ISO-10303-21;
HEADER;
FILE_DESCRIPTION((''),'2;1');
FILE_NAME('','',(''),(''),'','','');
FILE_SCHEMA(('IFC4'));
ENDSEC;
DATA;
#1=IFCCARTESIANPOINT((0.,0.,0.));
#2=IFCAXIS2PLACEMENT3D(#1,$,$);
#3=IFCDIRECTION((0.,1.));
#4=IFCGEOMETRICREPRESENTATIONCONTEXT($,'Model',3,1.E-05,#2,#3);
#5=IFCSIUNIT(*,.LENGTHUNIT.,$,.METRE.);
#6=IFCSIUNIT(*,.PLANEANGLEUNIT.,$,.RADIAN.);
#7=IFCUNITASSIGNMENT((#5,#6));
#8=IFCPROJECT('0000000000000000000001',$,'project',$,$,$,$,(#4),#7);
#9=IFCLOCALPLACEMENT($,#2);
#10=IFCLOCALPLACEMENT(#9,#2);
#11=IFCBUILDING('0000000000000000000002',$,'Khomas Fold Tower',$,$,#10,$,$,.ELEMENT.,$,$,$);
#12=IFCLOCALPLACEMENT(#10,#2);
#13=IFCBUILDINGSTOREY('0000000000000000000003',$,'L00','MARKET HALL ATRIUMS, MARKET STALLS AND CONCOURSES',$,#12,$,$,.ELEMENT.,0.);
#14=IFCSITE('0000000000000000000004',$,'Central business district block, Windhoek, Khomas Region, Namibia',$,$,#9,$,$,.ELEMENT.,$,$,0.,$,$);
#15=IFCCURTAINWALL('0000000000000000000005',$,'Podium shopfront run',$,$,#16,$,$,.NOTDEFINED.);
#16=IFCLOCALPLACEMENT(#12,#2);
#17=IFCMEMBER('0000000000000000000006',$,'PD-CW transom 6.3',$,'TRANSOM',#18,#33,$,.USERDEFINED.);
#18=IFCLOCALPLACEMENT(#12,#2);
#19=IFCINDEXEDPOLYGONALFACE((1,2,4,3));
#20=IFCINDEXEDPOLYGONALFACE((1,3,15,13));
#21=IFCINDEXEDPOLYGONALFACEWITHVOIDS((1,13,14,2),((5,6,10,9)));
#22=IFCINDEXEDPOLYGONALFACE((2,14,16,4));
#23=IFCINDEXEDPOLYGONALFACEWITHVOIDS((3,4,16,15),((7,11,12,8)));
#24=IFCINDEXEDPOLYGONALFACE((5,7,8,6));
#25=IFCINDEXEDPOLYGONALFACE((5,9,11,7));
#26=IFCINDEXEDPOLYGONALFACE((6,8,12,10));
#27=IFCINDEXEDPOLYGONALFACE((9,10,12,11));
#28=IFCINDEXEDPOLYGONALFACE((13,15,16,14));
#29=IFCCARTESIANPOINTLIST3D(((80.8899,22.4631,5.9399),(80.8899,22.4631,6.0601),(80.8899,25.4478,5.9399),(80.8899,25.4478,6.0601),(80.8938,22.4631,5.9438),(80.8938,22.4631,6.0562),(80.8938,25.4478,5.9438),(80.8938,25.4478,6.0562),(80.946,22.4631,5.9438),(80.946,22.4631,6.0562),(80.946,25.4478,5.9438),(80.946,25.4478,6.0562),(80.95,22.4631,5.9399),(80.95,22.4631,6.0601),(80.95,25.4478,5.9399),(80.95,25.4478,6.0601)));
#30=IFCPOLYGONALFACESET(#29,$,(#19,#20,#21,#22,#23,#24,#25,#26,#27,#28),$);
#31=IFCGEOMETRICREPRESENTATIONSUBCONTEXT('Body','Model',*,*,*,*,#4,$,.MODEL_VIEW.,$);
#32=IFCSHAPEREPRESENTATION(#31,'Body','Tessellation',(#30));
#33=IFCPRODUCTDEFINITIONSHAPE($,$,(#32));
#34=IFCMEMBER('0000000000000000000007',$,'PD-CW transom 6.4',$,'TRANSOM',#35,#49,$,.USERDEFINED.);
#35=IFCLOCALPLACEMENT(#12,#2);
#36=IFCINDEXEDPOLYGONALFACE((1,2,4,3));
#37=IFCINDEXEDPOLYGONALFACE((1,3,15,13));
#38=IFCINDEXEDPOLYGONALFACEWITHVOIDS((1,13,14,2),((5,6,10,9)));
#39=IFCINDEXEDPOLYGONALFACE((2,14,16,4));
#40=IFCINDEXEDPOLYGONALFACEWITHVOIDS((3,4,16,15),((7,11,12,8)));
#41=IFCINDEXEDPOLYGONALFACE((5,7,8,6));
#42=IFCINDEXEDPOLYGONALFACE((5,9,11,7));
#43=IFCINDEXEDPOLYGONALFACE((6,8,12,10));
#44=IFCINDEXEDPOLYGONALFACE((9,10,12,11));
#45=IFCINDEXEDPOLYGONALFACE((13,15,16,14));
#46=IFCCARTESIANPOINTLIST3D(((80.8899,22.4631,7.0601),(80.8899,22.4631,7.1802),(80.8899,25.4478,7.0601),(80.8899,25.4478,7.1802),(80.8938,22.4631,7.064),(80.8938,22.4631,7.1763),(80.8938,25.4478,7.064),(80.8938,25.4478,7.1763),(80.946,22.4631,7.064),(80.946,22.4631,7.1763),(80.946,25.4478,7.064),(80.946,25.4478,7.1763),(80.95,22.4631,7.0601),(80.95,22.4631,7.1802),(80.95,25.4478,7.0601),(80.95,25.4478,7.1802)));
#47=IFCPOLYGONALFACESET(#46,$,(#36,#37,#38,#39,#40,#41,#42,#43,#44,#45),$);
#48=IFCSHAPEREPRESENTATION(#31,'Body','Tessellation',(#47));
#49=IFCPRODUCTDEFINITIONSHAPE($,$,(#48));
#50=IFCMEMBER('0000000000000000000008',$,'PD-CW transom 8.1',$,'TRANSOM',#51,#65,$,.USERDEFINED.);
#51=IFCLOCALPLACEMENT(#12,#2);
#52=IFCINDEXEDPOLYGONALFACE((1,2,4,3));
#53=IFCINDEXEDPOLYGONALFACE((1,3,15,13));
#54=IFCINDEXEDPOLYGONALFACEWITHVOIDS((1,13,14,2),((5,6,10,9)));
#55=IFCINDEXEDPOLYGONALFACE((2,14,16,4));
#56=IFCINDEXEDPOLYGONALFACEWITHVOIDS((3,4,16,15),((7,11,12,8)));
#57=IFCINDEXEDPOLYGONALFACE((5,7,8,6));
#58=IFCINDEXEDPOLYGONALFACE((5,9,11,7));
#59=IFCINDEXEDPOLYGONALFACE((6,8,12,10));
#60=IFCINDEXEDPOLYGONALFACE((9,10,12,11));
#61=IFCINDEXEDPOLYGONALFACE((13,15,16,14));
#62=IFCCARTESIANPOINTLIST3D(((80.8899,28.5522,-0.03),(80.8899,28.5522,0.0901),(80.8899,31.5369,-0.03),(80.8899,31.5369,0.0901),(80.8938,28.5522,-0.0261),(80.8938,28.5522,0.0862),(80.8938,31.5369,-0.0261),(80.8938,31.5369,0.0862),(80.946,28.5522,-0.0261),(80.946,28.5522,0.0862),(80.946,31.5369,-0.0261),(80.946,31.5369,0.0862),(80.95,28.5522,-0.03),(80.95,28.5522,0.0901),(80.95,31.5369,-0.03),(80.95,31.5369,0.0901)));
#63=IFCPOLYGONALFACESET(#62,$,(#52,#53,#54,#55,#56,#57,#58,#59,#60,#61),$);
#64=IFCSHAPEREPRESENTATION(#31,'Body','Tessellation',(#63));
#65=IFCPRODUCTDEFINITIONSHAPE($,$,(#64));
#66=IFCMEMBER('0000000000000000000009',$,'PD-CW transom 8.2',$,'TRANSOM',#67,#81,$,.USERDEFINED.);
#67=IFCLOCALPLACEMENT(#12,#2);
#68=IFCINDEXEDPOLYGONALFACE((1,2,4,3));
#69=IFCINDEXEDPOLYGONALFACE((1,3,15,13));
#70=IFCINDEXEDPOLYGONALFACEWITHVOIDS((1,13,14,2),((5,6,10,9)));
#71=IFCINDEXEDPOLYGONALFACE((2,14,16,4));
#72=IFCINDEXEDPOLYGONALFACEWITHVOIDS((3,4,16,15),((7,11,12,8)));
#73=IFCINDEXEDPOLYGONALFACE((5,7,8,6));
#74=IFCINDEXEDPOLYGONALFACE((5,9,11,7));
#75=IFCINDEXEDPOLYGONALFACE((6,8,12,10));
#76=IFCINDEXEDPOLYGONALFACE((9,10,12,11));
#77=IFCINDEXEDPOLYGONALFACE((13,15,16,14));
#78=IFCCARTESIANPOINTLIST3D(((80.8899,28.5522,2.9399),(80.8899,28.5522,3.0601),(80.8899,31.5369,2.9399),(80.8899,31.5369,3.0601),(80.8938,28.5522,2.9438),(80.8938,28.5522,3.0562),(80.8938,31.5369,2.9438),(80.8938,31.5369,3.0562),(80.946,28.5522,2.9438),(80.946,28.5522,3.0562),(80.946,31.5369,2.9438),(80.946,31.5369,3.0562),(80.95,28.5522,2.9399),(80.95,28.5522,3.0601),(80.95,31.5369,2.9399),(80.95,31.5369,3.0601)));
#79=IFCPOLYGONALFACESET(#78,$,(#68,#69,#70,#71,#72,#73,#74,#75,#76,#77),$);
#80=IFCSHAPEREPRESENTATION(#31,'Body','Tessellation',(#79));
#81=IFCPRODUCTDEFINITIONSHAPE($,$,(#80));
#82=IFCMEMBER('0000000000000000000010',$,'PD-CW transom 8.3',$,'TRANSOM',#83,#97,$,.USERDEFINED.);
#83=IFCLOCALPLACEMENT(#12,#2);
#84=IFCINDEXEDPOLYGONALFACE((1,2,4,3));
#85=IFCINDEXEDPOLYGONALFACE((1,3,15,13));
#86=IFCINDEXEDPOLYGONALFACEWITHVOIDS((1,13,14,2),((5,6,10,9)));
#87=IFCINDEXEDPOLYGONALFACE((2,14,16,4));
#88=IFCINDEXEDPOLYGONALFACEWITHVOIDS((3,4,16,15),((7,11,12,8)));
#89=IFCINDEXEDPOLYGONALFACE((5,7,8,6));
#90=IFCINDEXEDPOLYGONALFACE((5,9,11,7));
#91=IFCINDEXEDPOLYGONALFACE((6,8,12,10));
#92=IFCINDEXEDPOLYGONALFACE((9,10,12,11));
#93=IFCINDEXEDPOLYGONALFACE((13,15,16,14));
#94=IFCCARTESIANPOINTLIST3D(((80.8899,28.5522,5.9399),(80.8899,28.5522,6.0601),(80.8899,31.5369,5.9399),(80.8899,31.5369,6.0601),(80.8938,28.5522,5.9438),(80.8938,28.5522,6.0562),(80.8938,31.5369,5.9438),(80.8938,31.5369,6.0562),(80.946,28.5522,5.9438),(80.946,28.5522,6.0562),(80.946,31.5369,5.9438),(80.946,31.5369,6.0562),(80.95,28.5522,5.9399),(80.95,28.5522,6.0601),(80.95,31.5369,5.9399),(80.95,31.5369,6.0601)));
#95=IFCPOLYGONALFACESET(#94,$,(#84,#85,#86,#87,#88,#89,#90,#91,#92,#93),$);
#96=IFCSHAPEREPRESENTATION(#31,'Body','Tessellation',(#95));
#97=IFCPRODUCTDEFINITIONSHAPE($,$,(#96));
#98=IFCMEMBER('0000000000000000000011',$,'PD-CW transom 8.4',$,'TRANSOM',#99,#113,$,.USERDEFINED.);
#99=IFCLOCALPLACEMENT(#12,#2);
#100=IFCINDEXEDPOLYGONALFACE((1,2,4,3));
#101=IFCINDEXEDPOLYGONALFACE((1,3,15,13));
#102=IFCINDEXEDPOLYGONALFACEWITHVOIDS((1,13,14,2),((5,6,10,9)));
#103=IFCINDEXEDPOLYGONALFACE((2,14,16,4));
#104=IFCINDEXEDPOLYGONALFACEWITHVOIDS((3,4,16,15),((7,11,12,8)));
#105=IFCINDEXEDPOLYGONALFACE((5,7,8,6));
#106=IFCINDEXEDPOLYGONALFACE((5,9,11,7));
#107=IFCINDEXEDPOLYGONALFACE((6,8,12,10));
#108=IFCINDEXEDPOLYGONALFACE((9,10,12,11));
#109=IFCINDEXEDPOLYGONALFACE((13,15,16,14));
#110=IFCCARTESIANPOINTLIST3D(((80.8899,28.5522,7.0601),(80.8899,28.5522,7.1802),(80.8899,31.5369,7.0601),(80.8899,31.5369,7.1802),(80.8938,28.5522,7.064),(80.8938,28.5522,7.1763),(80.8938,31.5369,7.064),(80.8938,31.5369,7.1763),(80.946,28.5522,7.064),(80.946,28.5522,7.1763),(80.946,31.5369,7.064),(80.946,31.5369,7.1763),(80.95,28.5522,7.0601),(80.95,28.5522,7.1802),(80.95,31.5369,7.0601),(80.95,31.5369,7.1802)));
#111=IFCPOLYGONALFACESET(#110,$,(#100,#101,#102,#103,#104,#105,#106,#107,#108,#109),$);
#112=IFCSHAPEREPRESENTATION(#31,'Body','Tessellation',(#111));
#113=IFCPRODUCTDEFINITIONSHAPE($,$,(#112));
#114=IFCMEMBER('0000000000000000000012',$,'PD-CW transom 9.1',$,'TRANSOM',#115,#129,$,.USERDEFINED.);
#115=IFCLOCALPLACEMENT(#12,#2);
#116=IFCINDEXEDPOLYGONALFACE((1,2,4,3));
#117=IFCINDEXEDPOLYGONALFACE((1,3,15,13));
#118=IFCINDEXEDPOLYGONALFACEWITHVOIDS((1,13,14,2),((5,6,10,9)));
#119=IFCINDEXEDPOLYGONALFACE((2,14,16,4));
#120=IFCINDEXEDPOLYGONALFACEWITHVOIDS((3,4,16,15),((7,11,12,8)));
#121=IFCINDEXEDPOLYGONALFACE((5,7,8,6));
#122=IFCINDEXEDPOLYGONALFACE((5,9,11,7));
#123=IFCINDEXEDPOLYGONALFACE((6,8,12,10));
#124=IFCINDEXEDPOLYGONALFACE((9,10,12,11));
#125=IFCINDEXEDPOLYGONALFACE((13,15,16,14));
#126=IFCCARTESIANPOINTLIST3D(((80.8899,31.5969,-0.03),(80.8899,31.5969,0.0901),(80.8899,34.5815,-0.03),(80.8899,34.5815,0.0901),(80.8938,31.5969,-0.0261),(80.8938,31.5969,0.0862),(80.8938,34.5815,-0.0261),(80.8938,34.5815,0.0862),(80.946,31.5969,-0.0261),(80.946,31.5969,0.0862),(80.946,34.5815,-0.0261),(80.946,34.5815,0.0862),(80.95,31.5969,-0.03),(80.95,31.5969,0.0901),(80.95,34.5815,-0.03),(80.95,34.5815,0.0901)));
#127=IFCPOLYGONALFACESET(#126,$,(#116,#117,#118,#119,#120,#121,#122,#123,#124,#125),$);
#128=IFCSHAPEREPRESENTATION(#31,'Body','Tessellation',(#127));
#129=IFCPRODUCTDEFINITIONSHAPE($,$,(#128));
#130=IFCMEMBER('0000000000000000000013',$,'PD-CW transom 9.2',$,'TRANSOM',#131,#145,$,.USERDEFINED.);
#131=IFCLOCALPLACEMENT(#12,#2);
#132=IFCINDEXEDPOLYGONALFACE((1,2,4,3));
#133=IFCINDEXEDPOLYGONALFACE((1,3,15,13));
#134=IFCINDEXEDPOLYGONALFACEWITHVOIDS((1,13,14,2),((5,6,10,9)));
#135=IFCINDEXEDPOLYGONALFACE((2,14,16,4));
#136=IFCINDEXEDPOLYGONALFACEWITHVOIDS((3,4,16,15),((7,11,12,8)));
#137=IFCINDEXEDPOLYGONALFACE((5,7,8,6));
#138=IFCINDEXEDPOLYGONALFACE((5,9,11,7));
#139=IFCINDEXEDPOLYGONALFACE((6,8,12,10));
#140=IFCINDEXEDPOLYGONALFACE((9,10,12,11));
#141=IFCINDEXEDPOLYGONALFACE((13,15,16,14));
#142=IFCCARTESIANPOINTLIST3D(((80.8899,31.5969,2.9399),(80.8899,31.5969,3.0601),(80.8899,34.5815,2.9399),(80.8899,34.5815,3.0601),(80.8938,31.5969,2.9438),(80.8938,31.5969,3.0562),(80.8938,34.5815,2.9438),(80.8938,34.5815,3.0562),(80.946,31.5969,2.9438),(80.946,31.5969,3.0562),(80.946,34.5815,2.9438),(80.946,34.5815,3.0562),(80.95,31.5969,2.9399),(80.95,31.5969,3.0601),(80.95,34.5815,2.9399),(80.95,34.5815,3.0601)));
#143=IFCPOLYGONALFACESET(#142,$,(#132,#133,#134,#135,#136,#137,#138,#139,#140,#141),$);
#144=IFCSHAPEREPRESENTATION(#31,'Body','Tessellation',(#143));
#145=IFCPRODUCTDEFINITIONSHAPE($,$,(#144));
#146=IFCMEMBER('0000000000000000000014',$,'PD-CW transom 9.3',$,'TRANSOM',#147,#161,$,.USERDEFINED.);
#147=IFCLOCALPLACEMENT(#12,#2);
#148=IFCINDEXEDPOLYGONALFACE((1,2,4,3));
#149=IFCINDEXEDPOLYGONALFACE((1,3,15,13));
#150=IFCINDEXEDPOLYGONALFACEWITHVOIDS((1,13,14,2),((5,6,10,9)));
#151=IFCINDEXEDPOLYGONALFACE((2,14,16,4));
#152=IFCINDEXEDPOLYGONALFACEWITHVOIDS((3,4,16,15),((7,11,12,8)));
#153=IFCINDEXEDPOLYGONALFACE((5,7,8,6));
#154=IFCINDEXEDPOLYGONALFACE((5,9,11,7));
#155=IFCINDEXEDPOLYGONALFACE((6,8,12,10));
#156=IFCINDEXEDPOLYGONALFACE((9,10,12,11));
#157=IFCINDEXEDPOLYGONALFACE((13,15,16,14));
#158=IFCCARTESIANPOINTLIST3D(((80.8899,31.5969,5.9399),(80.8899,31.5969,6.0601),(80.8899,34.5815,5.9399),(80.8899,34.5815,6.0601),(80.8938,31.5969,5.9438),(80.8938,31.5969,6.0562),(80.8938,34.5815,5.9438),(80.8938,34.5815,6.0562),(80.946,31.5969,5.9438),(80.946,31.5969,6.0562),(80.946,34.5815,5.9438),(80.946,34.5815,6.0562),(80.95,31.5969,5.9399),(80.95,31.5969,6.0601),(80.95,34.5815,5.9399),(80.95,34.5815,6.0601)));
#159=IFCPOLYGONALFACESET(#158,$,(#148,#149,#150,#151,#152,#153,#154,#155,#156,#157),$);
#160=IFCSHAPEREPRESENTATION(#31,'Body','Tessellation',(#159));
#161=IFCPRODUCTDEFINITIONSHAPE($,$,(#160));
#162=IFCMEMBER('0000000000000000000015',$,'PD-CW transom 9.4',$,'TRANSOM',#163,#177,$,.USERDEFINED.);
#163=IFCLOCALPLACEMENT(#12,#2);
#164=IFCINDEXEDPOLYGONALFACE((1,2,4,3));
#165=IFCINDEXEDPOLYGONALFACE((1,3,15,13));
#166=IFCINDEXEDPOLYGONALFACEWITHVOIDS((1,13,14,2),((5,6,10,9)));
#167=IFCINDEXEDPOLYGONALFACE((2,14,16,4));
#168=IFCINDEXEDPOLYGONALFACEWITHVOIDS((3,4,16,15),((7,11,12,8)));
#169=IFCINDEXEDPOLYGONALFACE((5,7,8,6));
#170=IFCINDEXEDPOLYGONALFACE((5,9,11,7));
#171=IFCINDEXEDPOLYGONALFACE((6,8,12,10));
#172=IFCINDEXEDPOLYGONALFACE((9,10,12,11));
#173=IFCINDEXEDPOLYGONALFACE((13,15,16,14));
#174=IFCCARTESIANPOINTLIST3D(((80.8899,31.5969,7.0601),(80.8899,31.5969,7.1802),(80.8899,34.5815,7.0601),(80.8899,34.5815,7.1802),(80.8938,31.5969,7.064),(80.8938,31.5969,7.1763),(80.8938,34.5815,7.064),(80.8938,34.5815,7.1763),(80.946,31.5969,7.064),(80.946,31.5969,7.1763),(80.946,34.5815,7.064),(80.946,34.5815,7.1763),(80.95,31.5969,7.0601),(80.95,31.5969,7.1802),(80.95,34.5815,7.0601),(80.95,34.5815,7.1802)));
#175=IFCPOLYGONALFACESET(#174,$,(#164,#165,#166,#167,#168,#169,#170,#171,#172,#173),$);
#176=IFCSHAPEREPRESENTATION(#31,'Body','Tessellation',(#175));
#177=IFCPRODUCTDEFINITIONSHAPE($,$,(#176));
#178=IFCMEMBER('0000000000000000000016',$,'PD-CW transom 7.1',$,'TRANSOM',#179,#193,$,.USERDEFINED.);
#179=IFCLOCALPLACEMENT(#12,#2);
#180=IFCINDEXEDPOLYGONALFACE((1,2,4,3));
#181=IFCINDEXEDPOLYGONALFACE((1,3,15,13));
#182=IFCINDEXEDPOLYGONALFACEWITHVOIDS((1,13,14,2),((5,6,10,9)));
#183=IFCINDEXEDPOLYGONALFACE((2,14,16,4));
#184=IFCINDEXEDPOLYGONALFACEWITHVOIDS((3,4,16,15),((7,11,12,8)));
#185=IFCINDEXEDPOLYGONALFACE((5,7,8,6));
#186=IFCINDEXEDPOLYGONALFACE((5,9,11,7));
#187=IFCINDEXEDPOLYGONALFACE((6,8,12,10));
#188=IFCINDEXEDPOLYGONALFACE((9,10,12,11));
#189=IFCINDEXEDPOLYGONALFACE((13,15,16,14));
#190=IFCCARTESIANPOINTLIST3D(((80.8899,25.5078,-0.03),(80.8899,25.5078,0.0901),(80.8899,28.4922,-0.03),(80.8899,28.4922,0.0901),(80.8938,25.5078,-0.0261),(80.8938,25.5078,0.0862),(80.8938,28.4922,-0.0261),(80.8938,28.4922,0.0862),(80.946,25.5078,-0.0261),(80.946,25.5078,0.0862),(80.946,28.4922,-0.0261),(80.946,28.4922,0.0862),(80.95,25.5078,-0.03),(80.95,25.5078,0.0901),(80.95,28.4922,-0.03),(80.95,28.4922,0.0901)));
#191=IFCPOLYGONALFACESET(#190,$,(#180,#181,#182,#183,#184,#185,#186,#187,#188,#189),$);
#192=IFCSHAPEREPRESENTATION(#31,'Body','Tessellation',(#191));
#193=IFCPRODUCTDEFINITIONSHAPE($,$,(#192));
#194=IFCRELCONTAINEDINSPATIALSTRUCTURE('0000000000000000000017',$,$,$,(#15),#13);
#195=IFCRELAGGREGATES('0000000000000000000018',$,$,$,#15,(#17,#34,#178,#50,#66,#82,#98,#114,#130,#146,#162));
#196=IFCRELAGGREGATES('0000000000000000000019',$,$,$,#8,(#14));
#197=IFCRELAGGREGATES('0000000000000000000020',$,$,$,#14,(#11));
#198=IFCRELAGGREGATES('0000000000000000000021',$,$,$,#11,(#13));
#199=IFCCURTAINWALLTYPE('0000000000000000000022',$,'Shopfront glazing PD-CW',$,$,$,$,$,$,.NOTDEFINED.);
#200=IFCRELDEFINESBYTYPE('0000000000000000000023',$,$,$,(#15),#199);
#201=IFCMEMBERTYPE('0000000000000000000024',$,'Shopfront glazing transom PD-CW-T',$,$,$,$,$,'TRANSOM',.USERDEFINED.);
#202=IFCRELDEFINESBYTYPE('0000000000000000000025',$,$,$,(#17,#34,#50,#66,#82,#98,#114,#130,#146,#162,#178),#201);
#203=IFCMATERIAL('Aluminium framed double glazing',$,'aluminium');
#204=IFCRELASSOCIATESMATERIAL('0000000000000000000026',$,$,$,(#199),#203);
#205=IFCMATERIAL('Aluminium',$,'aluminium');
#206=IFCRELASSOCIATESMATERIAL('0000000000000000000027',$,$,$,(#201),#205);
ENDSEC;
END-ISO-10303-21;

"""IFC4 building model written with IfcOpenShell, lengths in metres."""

from ifc_helpers import new_model, si_unit, direction, frame, origin, origin_2d, place, context, subcontext, project, spatial, hollow_rectangle, extrude, source, transform, mapped, material, material_profile, profile_set, type_object, element, aggregate, save


model = new_model("IFC4")

# Units and contexts
model_context = context("Model", 3, precision=1e-05, world=origin(), true_north=direction((0.0, 1.0)))
body_context = subcontext(model_context, "Body", "Model", "MODEL_VIEW")
ifc_project = project(units=[si_unit("LENGTHUNIT", "METRE"), si_unit("PLANEANGLEUNIT", "RADIAN")], contexts=[model_context])

# Site, building, storey
site_placement = place(None, origin())
site = spatial("IfcSite", under=ifc_project, at=site_placement, Name="Central business district block, Windhoek, Khomas Region, Namibia", CompositionType="ELEMENT", RefElevation=0.0)
building_placement = place(site_placement, origin())
building = spatial("IfcBuilding", under=site, at=building_placement, Name="Khomas Fold Tower", CompositionType="ELEMENT")
storey_placement = place(building_placement, origin())
storey = spatial("IfcBuildingStorey", under=building, at=storey_placement, Name="L00", Description="MARKET HALL ATRIUMS, MARKET STALLS AND CONCOURSES", CompositionType="ELEMENT", Elevation=0.0)

# Curtain wall, members
ifc_material_1 = material(Name="Aluminium framed double glazing", Category="aluminium")
curtain_wall_type = type_object("IfcCurtainWallType", Name="Shopfront glazing PD-CW", PredefinedType="NOTDEFINED", material=ifc_material_1)
curtain_wall_placement = place(storey_placement, origin())
curtain_wall = element("IfcCurtainWall", 1, at=curtain_wall_placement, inside=storey, type_object=curtain_wall_type, Name="Podium shopfront run", PredefinedType="NOTDEFINED")
ifc_material_2 = material(Name="Aluminium", Category="aluminium")
ifc_material_profile_1 = material_profile(ifc_material_2, hollow_rectangle(XDim=0.0601, YDim=0.1201, WallThickness=0.0039, at=origin_2d()), Name="Shopfront glazing transom PD-CW-T")
ifc_profile_set_1 = profile_set([ifc_material_profile_1], Name="Aluminium")
member_type_1 = type_object("IfcMemberType", Name="Shopfront glazing transom PD-CW-T", ElementType="TRANSOM", PredefinedType="USERDEFINED", material=ifc_profile_set_1)
shared_shape_1 = source(origin(), body_context, "Body", "SweptSolid", [
    extrude(hollow_rectangle(XDim=0.0601, YDim=0.1201, WallThickness=0.0039, at=origin_2d()), origin(), (0.0, 0.0, 1.0), 2.9846),
])
member_1_placement = place(storey_placement, frame((80.9199, 22.4631, 6.0), z_axis=(0.0, 1.0, 0.0), x_axis=(-1.0, 0.0, 0.0)))
member_1 = element("IfcMember", 2, at=member_1_placement, type_object=member_type_1, Name="PD-CW transom 6.3", ObjectType="TRANSOM", PredefinedType="USERDEFINED", context=body_context, shape_type="MappedRepresentation", body=[
    mapped(shared_shape_1, transform((0.0, 0.0, 0.0))),
])
member_2_placement = place(storey_placement, frame((80.9199, 22.4631, 7.1201), z_axis=(0.0, 1.0, 0.0), x_axis=(-1.0, 0.0, 0.0)))
member_2 = element("IfcMember", 3, at=member_2_placement, type_object=member_type_1, Name="PD-CW transom 6.4", ObjectType="TRANSOM", PredefinedType="USERDEFINED", context=body_context, shape_type="MappedRepresentation", body=[
    mapped(shared_shape_1, transform((0.0, 0.0, 0.0))),
])
member_3_placement = place(storey_placement, frame((80.9199, 28.5522, 0.03), z_axis=(0.0, 1.0, 0.0), x_axis=(-1.0, 0.0, 0.0)))
member_3 = element("IfcMember", 4, at=member_3_placement, type_object=member_type_1, Name="PD-CW transom 8.1", ObjectType="TRANSOM", PredefinedType="USERDEFINED", context=body_context, shape_type="MappedRepresentation", body=[
    mapped(shared_shape_1, transform((0.0, 0.0, 0.0))),
])
member_4_placement = place(storey_placement, frame((80.9199, 28.5522, 3.0), z_axis=(0.0, 1.0, 0.0), x_axis=(-1.0, 0.0, 0.0)))
member_4 = element("IfcMember", 5, at=member_4_placement, type_object=member_type_1, Name="PD-CW transom 8.2", ObjectType="TRANSOM", PredefinedType="USERDEFINED", context=body_context, shape_type="MappedRepresentation", body=[
    mapped(shared_shape_1, transform((0.0, 0.0, 0.0))),
])
member_5_placement = place(storey_placement, frame((80.9199, 28.5522, 6.0), z_axis=(0.0, 1.0, 0.0), x_axis=(-1.0, 0.0, 0.0)))
member_5 = element("IfcMember", 6, at=member_5_placement, type_object=member_type_1, Name="PD-CW transom 8.3", ObjectType="TRANSOM", PredefinedType="USERDEFINED", context=body_context, shape_type="MappedRepresentation", body=[
    mapped(shared_shape_1, transform((0.0, 0.0, 0.0))),
])
member_6_placement = place(storey_placement, frame((80.9199, 28.5522, 7.1201), z_axis=(0.0, 1.0, 0.0), x_axis=(-1.0, 0.0, 0.0)))
member_6 = element("IfcMember", 7, at=member_6_placement, type_object=member_type_1, Name="PD-CW transom 8.4", ObjectType="TRANSOM", PredefinedType="USERDEFINED", context=body_context, shape_type="MappedRepresentation", body=[
    mapped(shared_shape_1, transform((0.0, 0.0, 0.0))),
])
member_7_placement = place(storey_placement, frame((80.9199, 31.5969, 0.03), z_axis=(0.0, 1.0, 0.0), x_axis=(-1.0, 0.0, 0.0)))
member_7 = element("IfcMember", 8, at=member_7_placement, type_object=member_type_1, Name="PD-CW transom 9.1", ObjectType="TRANSOM", PredefinedType="USERDEFINED", context=body_context, shape_type="MappedRepresentation", body=[
    mapped(shared_shape_1, transform((0.0, 0.0, 0.0))),
])
member_8_placement = place(storey_placement, frame((80.9199, 31.5969, 3.0), z_axis=(0.0, 1.0, 0.0), x_axis=(-1.0, 0.0, 0.0)))
member_8 = element("IfcMember", 9, at=member_8_placement, type_object=member_type_1, Name="PD-CW transom 9.2", ObjectType="TRANSOM", PredefinedType="USERDEFINED", context=body_context, shape_type="MappedRepresentation", body=[
    mapped(shared_shape_1, transform((0.0, 0.0, 0.0))),
])
member_9_placement = place(storey_placement, frame((80.9199, 31.5969, 6.0), z_axis=(0.0, 1.0, 0.0), x_axis=(-1.0, 0.0, 0.0)))
member_9 = element("IfcMember", 10, at=member_9_placement, type_object=member_type_1, Name="PD-CW transom 9.3", ObjectType="TRANSOM", PredefinedType="USERDEFINED", context=body_context, shape_type="MappedRepresentation", body=[
    mapped(shared_shape_1, transform((0.0, 0.0, 0.0))),
])
member_10_placement = place(storey_placement, frame((80.9199, 31.5969, 7.1201), z_axis=(0.0, 1.0, 0.0), x_axis=(-1.0, 0.0, 0.0)))
member_10 = element("IfcMember", 11, at=member_10_placement, type_object=member_type_1, Name="PD-CW transom 9.4", ObjectType="TRANSOM", PredefinedType="USERDEFINED", context=body_context, shape_type="MappedRepresentation", body=[
    mapped(shared_shape_1, transform((0.0, 0.0, 0.0))),
])
shared_shape_2 = source(origin(), body_context, "Body", "SweptSolid", [
    extrude(hollow_rectangle(XDim=0.0601, YDim=0.1201, WallThickness=0.0039, at=origin_2d()), origin(), (0.0, 0.0, 1.0), 2.9844),
])
member_11_placement = place(storey_placement, frame((80.9199, 25.5078, 0.03), z_axis=(0.0, 1.0, 0.0), x_axis=(-1.0, 0.0, 0.0)))
member_11 = element("IfcMember", 12, at=member_11_placement, type_object=member_type_1, Name="PD-CW transom 7.1", ObjectType="TRANSOM", PredefinedType="USERDEFINED", context=body_context, shape_type="MappedRepresentation", body=[
    mapped(shared_shape_2, transform((0.0, 0.0, 0.0))),
])
aggregate(curtain_wall, [member_1, member_2, member_11, member_3, member_4, member_5, member_6, member_7, member_8, member_9, member_10])

save(model, "model.ifc")
